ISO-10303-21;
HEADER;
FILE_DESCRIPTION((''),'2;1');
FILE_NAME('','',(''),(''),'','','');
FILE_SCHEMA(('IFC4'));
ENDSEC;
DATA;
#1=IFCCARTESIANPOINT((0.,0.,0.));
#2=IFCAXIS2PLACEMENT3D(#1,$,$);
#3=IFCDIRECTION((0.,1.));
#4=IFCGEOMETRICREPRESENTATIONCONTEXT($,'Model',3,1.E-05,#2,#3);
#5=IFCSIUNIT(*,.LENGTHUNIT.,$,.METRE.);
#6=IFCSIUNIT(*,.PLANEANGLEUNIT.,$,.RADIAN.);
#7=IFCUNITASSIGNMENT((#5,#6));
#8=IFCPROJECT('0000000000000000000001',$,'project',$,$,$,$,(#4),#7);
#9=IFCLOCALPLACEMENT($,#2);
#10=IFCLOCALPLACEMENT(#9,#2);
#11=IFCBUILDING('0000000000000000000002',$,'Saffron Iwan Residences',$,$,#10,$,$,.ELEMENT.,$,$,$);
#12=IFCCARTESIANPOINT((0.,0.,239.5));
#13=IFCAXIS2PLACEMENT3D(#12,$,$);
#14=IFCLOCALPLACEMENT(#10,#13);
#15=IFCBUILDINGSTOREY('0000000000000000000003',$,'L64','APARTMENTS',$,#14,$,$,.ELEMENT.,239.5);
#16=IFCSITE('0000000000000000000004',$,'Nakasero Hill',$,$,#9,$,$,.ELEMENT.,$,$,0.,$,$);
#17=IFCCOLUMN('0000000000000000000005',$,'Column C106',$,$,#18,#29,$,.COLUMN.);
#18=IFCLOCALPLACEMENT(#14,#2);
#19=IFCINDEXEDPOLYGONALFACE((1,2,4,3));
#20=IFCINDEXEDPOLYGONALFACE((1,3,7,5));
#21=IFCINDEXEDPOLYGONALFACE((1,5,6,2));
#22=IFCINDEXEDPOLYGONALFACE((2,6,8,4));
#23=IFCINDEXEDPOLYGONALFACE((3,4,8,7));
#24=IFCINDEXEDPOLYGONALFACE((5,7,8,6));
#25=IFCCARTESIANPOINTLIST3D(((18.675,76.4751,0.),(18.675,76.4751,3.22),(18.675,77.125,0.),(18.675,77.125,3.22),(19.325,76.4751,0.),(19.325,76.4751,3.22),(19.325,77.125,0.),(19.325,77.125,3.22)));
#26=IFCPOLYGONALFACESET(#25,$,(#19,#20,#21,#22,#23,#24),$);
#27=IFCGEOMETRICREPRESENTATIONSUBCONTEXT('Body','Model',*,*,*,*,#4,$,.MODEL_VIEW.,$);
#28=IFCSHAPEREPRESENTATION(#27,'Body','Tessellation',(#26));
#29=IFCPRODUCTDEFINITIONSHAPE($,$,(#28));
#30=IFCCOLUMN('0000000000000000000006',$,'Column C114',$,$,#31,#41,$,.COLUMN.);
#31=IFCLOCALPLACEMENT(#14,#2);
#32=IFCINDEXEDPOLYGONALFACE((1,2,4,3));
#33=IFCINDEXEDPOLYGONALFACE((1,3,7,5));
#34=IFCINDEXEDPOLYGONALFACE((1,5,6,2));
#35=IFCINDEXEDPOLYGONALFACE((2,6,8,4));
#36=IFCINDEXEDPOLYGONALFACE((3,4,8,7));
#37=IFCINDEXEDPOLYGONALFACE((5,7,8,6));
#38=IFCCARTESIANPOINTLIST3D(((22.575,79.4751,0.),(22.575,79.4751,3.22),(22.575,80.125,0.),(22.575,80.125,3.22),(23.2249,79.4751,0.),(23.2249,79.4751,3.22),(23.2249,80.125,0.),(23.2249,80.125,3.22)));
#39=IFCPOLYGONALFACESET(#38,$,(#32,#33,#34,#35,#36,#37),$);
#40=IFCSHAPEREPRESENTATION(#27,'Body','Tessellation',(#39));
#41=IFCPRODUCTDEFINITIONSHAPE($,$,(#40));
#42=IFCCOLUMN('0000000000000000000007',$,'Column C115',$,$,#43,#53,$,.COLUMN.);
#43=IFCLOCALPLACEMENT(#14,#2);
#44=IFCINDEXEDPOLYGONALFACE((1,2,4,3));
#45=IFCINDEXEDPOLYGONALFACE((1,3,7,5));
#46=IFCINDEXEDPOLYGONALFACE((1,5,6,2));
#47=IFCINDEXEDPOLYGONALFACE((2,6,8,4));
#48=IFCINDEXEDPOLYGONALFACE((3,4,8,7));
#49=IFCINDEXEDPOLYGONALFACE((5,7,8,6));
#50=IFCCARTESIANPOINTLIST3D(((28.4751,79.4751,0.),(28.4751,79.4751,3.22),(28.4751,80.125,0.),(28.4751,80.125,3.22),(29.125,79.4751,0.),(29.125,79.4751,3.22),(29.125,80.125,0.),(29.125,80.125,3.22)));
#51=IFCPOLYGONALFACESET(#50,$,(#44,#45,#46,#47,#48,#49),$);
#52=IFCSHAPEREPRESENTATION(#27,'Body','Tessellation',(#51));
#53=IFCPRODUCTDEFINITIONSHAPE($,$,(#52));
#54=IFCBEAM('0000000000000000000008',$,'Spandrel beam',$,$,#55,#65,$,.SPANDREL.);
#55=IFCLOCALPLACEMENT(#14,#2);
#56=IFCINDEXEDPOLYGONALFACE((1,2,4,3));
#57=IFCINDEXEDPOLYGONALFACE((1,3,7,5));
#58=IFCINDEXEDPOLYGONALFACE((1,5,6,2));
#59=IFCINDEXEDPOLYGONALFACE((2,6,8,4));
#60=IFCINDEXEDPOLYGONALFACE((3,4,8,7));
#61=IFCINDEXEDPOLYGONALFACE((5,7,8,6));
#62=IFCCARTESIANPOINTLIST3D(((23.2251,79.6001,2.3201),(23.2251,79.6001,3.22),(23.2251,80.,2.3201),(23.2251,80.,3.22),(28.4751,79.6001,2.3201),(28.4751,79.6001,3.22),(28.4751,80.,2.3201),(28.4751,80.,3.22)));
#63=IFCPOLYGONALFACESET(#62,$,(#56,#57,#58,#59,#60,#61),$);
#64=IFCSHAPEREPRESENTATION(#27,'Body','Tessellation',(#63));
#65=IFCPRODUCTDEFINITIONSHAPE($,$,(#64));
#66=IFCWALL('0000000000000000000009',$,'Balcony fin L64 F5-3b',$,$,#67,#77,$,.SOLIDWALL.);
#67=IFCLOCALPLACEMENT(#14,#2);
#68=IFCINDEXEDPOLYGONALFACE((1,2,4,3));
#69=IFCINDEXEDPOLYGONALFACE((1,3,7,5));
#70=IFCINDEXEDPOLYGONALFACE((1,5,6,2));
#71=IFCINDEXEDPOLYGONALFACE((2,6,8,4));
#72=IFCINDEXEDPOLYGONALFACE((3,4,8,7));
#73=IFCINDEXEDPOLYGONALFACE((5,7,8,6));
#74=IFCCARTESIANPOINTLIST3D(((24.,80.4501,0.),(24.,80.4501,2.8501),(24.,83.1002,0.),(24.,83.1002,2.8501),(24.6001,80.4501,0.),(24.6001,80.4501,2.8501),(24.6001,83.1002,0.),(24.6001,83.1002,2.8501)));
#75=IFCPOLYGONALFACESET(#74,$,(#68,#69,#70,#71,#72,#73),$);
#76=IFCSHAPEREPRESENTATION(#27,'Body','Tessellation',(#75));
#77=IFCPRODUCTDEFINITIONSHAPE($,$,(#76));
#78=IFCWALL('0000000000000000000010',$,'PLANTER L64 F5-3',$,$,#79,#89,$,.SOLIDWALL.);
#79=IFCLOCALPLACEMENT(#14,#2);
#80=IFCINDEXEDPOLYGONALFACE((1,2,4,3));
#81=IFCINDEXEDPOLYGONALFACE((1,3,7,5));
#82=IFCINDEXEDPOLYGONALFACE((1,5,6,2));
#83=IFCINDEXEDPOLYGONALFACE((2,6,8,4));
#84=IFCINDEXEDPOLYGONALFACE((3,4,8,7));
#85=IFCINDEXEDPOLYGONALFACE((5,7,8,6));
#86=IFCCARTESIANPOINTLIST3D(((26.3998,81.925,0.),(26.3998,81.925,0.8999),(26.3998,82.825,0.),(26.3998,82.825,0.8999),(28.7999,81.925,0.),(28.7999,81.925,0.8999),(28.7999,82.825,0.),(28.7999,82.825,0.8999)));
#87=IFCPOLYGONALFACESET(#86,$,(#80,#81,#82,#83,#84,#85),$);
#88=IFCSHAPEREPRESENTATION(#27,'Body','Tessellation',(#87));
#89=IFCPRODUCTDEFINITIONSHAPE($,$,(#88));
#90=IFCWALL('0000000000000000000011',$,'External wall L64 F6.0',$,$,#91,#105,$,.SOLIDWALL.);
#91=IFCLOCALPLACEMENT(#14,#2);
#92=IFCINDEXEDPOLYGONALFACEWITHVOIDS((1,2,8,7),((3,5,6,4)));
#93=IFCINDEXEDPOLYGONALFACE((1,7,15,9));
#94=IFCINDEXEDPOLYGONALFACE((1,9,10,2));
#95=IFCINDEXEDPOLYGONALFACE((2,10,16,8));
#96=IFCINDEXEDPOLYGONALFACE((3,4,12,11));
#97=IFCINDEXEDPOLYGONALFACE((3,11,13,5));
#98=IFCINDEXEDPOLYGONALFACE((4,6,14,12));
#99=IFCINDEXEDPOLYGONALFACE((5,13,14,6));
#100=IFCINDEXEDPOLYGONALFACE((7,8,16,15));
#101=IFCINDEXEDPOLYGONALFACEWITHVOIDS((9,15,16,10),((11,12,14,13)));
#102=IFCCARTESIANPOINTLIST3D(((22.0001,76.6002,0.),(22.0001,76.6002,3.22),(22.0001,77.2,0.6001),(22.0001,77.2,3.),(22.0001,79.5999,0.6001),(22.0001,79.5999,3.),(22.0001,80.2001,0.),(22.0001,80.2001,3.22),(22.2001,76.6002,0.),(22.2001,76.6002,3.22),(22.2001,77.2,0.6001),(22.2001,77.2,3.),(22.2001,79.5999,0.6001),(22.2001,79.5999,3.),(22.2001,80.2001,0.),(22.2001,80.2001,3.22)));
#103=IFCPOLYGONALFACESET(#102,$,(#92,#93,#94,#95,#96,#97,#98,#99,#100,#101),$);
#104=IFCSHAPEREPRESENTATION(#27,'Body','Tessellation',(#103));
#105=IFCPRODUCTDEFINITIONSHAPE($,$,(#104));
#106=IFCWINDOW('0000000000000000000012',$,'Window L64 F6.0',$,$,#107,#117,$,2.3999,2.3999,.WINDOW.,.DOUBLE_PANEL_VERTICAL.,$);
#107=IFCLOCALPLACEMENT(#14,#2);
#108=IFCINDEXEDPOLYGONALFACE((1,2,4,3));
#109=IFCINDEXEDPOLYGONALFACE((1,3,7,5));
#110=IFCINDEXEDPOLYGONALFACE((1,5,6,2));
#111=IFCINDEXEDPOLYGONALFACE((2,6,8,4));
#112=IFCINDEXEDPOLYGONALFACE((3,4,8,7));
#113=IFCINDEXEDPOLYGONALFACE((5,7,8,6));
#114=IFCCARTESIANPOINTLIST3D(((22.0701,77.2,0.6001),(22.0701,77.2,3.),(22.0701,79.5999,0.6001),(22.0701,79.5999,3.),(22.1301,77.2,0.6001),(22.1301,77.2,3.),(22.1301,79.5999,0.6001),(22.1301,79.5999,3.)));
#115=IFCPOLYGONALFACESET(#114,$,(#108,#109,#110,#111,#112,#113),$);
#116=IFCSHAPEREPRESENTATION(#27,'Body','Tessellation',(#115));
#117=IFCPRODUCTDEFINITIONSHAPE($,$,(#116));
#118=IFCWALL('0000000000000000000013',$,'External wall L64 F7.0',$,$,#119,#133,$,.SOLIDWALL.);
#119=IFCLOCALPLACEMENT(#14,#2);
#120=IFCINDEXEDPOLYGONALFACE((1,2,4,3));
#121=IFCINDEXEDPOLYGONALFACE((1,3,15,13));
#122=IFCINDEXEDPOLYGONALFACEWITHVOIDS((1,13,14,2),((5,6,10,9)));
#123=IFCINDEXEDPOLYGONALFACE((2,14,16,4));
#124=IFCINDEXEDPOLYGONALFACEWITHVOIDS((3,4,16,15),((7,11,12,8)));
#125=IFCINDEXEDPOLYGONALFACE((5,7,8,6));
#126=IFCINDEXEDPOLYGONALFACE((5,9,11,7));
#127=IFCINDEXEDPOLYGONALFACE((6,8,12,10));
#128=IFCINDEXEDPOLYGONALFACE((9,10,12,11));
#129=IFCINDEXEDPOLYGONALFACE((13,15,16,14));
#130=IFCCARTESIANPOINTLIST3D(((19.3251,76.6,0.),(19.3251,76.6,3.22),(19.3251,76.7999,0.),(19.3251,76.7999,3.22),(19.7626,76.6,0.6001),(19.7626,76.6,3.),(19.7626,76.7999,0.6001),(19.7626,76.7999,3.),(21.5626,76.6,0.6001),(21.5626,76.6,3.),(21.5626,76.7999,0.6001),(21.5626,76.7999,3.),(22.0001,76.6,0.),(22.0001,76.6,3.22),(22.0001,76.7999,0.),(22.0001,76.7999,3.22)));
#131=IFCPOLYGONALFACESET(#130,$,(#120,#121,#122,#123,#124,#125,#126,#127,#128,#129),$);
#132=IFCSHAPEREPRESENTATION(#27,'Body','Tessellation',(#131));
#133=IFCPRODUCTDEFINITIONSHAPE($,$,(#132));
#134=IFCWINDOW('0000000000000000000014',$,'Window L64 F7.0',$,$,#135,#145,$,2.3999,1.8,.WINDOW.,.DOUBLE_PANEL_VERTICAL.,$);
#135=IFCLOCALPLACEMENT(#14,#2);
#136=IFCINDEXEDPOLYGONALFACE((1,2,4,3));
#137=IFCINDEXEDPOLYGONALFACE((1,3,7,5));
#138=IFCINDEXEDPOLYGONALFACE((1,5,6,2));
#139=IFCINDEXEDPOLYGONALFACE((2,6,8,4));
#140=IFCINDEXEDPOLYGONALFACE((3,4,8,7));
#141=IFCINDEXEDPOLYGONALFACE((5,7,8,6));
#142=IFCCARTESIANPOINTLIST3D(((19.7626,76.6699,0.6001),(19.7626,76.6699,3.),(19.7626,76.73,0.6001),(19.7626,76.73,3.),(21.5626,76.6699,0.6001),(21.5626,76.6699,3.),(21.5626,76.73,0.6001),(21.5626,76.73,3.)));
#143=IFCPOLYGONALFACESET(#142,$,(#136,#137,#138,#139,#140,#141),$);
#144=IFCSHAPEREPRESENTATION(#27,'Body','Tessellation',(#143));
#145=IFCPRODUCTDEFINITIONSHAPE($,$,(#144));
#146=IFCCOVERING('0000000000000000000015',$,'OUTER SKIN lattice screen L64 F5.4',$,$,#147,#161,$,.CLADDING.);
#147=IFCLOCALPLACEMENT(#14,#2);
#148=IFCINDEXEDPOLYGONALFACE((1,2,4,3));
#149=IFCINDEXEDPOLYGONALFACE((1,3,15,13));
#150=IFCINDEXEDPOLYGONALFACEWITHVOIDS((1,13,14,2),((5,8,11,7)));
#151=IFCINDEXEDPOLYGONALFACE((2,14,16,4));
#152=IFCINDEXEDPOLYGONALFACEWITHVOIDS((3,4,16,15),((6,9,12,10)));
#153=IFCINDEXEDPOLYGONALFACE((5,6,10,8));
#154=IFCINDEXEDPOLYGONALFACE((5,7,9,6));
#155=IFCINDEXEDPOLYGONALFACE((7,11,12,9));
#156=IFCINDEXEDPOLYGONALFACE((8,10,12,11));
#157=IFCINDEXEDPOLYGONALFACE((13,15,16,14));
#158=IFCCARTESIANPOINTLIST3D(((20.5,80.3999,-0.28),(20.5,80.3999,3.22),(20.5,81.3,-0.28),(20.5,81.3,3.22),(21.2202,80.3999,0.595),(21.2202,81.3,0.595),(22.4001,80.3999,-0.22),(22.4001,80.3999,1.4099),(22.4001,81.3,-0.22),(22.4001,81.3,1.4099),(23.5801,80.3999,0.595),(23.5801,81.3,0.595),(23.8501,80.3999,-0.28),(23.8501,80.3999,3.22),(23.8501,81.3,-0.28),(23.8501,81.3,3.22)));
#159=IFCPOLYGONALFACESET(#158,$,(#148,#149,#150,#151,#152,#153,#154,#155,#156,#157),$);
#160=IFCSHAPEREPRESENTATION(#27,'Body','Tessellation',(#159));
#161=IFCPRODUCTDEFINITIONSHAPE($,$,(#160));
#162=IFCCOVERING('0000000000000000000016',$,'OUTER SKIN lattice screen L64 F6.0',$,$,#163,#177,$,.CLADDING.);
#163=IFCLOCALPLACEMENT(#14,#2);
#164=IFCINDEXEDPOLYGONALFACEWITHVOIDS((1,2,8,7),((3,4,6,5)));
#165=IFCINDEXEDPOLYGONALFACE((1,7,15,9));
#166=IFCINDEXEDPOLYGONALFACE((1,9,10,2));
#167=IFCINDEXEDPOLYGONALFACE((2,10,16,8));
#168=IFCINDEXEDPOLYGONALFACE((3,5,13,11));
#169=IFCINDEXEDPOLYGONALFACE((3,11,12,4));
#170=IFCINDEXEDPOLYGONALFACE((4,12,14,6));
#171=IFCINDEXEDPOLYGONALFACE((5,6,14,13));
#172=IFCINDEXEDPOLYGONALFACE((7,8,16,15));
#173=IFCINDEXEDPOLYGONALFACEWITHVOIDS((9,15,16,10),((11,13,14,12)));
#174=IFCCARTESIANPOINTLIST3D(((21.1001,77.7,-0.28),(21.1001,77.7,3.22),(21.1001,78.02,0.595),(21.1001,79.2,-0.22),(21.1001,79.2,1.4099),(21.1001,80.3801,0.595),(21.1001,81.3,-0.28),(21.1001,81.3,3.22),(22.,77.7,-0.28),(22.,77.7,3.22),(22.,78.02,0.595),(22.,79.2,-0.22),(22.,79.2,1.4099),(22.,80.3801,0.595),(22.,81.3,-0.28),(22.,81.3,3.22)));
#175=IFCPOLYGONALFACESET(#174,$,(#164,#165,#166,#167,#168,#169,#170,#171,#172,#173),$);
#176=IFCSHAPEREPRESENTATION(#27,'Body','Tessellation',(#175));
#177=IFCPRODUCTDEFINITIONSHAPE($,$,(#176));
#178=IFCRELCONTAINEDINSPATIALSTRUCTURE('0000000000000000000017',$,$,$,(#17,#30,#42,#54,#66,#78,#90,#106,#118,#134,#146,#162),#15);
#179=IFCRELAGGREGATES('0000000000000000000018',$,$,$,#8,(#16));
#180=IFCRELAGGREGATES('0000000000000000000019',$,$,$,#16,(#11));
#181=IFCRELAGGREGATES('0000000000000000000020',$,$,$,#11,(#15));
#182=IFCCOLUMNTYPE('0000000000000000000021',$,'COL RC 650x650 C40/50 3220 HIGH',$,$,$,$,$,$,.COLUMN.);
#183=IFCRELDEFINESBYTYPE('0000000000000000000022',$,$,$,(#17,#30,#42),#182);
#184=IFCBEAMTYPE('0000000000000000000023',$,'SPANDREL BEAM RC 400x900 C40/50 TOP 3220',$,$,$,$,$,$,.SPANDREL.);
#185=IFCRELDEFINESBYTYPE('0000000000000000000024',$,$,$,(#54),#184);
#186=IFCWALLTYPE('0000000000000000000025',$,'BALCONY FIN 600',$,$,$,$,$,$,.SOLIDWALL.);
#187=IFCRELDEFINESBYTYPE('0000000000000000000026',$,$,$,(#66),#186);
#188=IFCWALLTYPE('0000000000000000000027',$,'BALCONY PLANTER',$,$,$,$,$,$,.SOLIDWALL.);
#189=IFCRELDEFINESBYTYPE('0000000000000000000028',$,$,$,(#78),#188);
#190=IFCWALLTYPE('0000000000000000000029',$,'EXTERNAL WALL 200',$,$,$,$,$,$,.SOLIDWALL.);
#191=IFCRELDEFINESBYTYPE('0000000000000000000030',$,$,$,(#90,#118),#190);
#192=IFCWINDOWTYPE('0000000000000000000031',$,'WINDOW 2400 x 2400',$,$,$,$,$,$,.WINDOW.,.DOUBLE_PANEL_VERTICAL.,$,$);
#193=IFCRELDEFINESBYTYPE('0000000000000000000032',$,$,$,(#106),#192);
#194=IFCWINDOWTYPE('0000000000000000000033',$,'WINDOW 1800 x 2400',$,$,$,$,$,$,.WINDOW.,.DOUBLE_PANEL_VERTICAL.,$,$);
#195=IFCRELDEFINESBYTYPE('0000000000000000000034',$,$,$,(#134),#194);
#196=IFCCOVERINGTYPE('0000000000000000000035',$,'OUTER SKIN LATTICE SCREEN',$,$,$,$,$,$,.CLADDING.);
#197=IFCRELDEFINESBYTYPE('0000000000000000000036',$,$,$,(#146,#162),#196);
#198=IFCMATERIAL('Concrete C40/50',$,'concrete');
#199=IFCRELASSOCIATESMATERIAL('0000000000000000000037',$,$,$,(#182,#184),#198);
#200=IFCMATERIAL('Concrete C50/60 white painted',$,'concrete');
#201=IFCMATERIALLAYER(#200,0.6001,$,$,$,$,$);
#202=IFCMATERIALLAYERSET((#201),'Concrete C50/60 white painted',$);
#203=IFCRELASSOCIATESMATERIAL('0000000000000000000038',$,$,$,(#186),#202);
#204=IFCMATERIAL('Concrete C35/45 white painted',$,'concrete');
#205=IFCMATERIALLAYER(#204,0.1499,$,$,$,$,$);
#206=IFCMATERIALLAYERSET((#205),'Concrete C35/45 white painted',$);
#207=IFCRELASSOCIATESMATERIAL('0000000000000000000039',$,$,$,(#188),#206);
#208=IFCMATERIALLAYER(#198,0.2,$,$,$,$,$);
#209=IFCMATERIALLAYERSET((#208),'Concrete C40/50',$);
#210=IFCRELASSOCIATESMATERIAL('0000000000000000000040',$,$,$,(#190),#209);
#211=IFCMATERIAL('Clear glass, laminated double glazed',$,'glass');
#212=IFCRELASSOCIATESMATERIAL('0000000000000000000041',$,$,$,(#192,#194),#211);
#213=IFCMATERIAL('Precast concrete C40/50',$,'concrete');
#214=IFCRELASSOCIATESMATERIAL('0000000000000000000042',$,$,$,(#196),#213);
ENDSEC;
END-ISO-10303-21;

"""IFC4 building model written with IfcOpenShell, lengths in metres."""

from ifc_helpers import new_model, si_unit, direction, frame, frame_2d, origin, origin_2d, place, context, subcontext, project, spatial, polyline, rectangle, outline, extrude, source, transform, mapped, material, layer, layer_set, material_profile, profile_set, type_object, element, fill, save


model = new_model("IFC4")

# Units and contexts
model_context = context("Model", 3, precision=1e-05, world=origin(), true_north=direction((0.0, 1.0)))
body_context = subcontext(model_context, "Body", "Model", "MODEL_VIEW")
ifc_project = project(units=[si_unit("LENGTHUNIT", "METRE"), si_unit("PLANEANGLEUNIT", "RADIAN")], contexts=[model_context])

# Site, building, storey
site_placement = place(None, origin())
site = spatial("IfcSite", under=ifc_project, at=site_placement, Name="Nakasero Hill", CompositionType="ELEMENT", RefElevation=0.0)
building_placement = place(site_placement, origin())
building = spatial("IfcBuilding", under=site, at=building_placement, Name="Saffron Iwan Residences", CompositionType="ELEMENT")
storey_placement = place(building_placement, frame((0.0, 0.0, 239.5)))
storey = spatial("IfcBuildingStorey", under=building, at=storey_placement, Name="L64", Description="APARTMENTS", CompositionType="ELEMENT", Elevation=239.5)

# Columns
ifc_material_1 = material(Name="Concrete C40/50", Category="concrete")
ifc_material_profile_1 = material_profile(ifc_material_1, rectangle(XDim=0.6499, YDim=0.6499, at=origin_2d()), Name="RC 650x650")
ifc_profile_set_1 = profile_set([ifc_material_profile_1], Name="Concrete C40/50")
column_type = type_object("IfcColumnType", Name="COL RC 650x650 C40/50 3220 HIGH", PredefinedType="COLUMN", material=ifc_profile_set_1)
shared_shape_1 = source(origin(), body_context, "Body", "SweptSolid", [
    extrude(rectangle(XDim=0.6499, YDim=0.6499, at=origin_2d()), origin(), (0.0, 0.0, 1.0), 3.22),
])
for number, where, z_axis, x_axis, name in (
    (1, (19.0, 76.8, 0.0), (0.0, 0.0, 1.0), (1.0, 0.0, 0.0), "Column C106"),
    (2, (22.8999, 79.8, 0.0), (0.0, 0.0, 1.0), (1.0, 0.0, 0.0), "Column C114"),
    (3, (28.8, 79.8, 0.0), (0.0, 0.0, 1.0), (1.0, 0.0, 0.0), "Column C115"),
):
    element("IfcColumn", number, at=place(storey_placement, frame(where, z_axis=z_axis, x_axis=x_axis)), inside=storey, type_object=column_type, Name=name, PredefinedType="COLUMN", context=body_context, shape_type="MappedRepresentation", body=[
        mapped(shared_shape_1, transform((0.0, 0.0, 0.0))),
    ])

# Beam
ifc_material_profile_2 = material_profile(ifc_material_1, rectangle(XDim=0.3999, YDim=0.8999, at=origin_2d()), Name="RC 400x900")
ifc_profile_set_2 = profile_set([ifc_material_profile_2], Name="Concrete C40/50")
beam_type = type_object("IfcBeamType", Name="SPANDREL BEAM RC 400x900 C40/50 TOP 3220", PredefinedType="SPANDREL", material=ifc_profile_set_2)
shared_shape_2 = source(origin(), body_context, "Body", "SweptSolid", [
    extrude(rectangle(XDim=0.3999, YDim=0.8999, at=origin_2d()), origin(), (0.0, 0.0, 1.0), 5.25),
])
beam_placement = place(storey_placement, frame((23.2251, 79.8, 2.77), z_axis=(1.0, 0.0, 0.0), x_axis=(0.0, 1.0, 0.0)))
element("IfcBeam", 4, at=beam_placement, inside=storey, type_object=beam_type, Name="Spandrel beam", PredefinedType="SPANDREL", context=body_context, shape_type="MappedRepresentation", body=[
    mapped(shared_shape_2, transform((0.0, 0.0, 0.0))),
])

# Walls
ifc_material_2 = material(Name="Concrete C50/60 white painted", Category="concrete")
ifc_layer_1 = layer(ifc_material_2, 0.6001)
ifc_layer_set_1 = layer_set([ifc_layer_1], Name="Concrete C50/60 white painted")
wall_type_1 = type_object("IfcWallType", Name="BALCONY FIN 600", PredefinedType="SOLIDWALL", material=ifc_layer_set_1)
wall_1_placement = place(storey_placement, frame((24.3, 80.45, 0.0), z_axis=(0.0, 0.0, 1.0), x_axis=(0.0, 1.0, 0.0)))
element("IfcWall", 5, at=wall_1_placement, inside=storey, type_object=wall_type_1, Name="Balcony fin L64 F5-3b", PredefinedType="SOLIDWALL", context=body_context, shape_type="SweptSolid", body=[
    extrude(rectangle(XDim=2.6501, YDim=0.6001, at=frame_2d((1.3252, 0.0))), origin(), (0.0, 0.0, 1.0), 2.8501),
])
ifc_material_3 = material(Name="Concrete C35/45 white painted", Category="concrete")
ifc_layer_2 = layer(ifc_material_3, 0.1499)
ifc_layer_set_2 = layer_set([ifc_layer_2], Name="Concrete C35/45 white painted")
wall_type_2 = type_object("IfcWallType", Name="BALCONY PLANTER", PredefinedType="SOLIDWALL", material=ifc_layer_set_2)
wall_2_placement = place(storey_placement, frame((28.8, 82.375, 0.0), z_axis=(0.0, 0.0, 1.0), x_axis=(-1.0, 0.0, 0.0)))
element("IfcWall", 6, at=wall_2_placement, inside=storey, type_object=wall_type_2, Name="PLANTER L64 F5-3", PredefinedType="SOLIDWALL", context=body_context, shape_type="SweptSolid", body=[
    extrude(rectangle(XDim=2.4001, YDim=0.8999, at=frame_2d((1.2002, 0.0))), origin(), (0.0, 0.0, 1.0), 0.8999),
])

# Walls, openings, windows
ifc_layer_3 = layer(ifc_material_1, 0.2)
ifc_layer_set_3 = layer_set([ifc_layer_3], Name="Concrete C40/50")
wall_type_3 = type_object("IfcWallType", Name="EXTERNAL WALL 200", PredefinedType="SOLIDWALL", material=ifc_layer_set_3)
wall_3_placement = place(storey_placement, frame((22.1001, 80.2, 0.0), z_axis=(0.0, 0.0, 1.0), x_axis=(0.0, -1.0, 0.0)))
wall_3 = element("IfcWall", 7, at=wall_3_placement, inside=storey, type_object=wall_type_3, Name="External wall L64 F6.0", PredefinedType="SOLIDWALL", context=body_context, shape_type="SweptSolid", body=[
    extrude(rectangle(XDim=3.5999, YDim=0.2, at=frame_2d((1.7998, 0.0))), origin(), (0.0, 0.0, 1.0), 3.22),
])
opening_1_placement = place(wall_3_placement, frame((0.6001, 0.0, 0.6001)))
opening_1 = element("IfcOpeningElement", 8, at=opening_1_placement, cuts=wall_3, PredefinedType="OPENING", context=body_context, shape_type="SweptSolid", body=[
    extrude(rectangle(XDim=2.3999, YDim=2.3999, at=frame_2d((1.2, 1.2))), frame((0.0, 0.1099, 0.0), z_axis=(0.0, -1.0, 0.0), x_axis=(1.0, 0.0, 0.0)), (0.0, 0.0, 1.0), 0.22),
])
ifc_material_4 = material(Name="Clear glass, laminated double glazed", Category="glass")
window_type_1 = type_object("IfcWindowType", Name="WINDOW 2400 x 2400", PartitioningType="DOUBLE_PANEL_VERTICAL", PredefinedType="WINDOW", material=ifc_material_4)
window_1_placement = place(opening_1_placement, origin())
window_1 = element("IfcWindow", 9, at=window_1_placement, inside=storey, type_object=window_type_1, Name="Window L64 F6.0", OverallHeight=2.3999, OverallWidth=2.3999, PartitioningType="DOUBLE_PANEL_VERTICAL", PredefinedType="WINDOW", context=body_context, shape_type="SweptSolid", body=[
    extrude(rectangle(XDim=2.3999, YDim=2.3999, at=frame_2d((1.2, 1.2))), frame((0.0, 0.03, 0.0), z_axis=(0.0, -1.0, 0.0), x_axis=(1.0, 0.0, 0.0)), (0.0, 0.0, 1.0), 0.0601),
])
fill(opening_1, window_1)
wall_4_placement = place(storey_placement, frame((22.0, 76.7, 0.0), z_axis=(0.0, 0.0, 1.0), x_axis=(-1.0, 0.0, 0.0)))
wall_4 = element("IfcWall", 10, at=wall_4_placement, inside=storey, type_object=wall_type_3, Name="External wall L64 F7.0", PredefinedType="SOLIDWALL", context=body_context, shape_type="SweptSolid", body=[
    extrude(rectangle(XDim=2.675, YDim=0.2, at=frame_2d((1.3374, 0.0))), origin(), (0.0, 0.0, 1.0), 3.22),
])
opening_2_placement = place(wall_4_placement, frame((0.4375, 0.0, 0.6001)))
opening_2 = element("IfcOpeningElement", 11, at=opening_2_placement, cuts=wall_4, PredefinedType="OPENING", context=body_context, shape_type="SweptSolid", body=[
    extrude(rectangle(XDim=1.8, YDim=2.3999, at=frame_2d((0.8999, 1.2))), frame((0.0, 0.1099, 0.0), z_axis=(0.0, -1.0, 0.0), x_axis=(1.0, 0.0, 0.0)), (0.0, 0.0, 1.0), 0.22),
])
window_type_2 = type_object("IfcWindowType", Name="WINDOW 1800 x 2400", PartitioningType="DOUBLE_PANEL_VERTICAL", PredefinedType="WINDOW", material=ifc_material_4)
window_2_placement = place(opening_2_placement, origin())
window_2 = element("IfcWindow", 12, at=window_2_placement, inside=storey, type_object=window_type_2, Name="Window L64 F7.0", OverallHeight=2.3999, OverallWidth=1.8, PartitioningType="DOUBLE_PANEL_VERTICAL", PredefinedType="WINDOW", context=body_context, shape_type="SweptSolid", body=[
    extrude(rectangle(XDim=1.8, YDim=2.3999, at=frame_2d((0.8999, 1.2))), frame((0.0, 0.03, 0.0), z_axis=(0.0, -1.0, 0.0), x_axis=(1.0, 0.0, 0.0)), (0.0, 0.0, 1.0), 0.0601),
])
fill(opening_2, window_2)

# Coverings
ifc_material_5 = material(Name="Precast concrete C40/50", Category="concrete")
covering_type = type_object("IfcCoveringType", Name="OUTER SKIN LATTICE SCREEN", PredefinedType="CLADDING", material=ifc_material_5)
covering_1_placement = place(storey_placement, frame((23.8501, 80.3999, -0.28), z_axis=(0.0, 1.0, 0.0), x_axis=(-1.0, 0.0, 0.0)))
element("IfcCovering", 13, at=covering_1_placement, inside=storey, type_object=covering_type, Name="OUTER SKIN lattice screen L64 F5.4", PredefinedType="CLADDING", context=body_context, shape_type="SweptSolid", body=[
    extrude(outline(polyline([(0.0, 0.0), (3.3501, 0.0), (3.3501, 3.5), (0.0, 3.5), (0.0, 0.0)]), holes=[polyline([(0.27, 0.875), (1.45, 0.0601), (2.6299, 0.875), (1.45, 1.6899), (0.27, 0.875)])]), origin(), (0.0, 0.0, 1.0), 0.9001),
])
for number, where, z_axis, x_axis, name in (
    (14, (22.0, 81.3, -0.28), (-1.0, 0.0, 0.0), (0.0, -1.0, 0.0), "OUTER SKIN lattice screen L64 F6.0"),
):
    element("IfcCovering", number, at=place(storey_placement, frame(where, z_axis=z_axis, x_axis=x_axis)), inside=storey, type_object=covering_type, Name=name, PredefinedType="CLADDING", context=body_context, shape_type="SweptSolid", body=[
        extrude(outline(polyline([(0.0, 0.0), (3.6001, 0.0), (3.6001, 3.5), (0.0, 3.5), (0.0, 0.0)]), holes=[polyline([(0.9199, 0.875), (2.1001, 0.0601), (3.28, 0.875), (2.1001, 1.6899), (0.9199, 0.875)])]), origin(), (0.0, 0.0, 1.0), 0.8999),
    ])

save(model, "model.ifc")
